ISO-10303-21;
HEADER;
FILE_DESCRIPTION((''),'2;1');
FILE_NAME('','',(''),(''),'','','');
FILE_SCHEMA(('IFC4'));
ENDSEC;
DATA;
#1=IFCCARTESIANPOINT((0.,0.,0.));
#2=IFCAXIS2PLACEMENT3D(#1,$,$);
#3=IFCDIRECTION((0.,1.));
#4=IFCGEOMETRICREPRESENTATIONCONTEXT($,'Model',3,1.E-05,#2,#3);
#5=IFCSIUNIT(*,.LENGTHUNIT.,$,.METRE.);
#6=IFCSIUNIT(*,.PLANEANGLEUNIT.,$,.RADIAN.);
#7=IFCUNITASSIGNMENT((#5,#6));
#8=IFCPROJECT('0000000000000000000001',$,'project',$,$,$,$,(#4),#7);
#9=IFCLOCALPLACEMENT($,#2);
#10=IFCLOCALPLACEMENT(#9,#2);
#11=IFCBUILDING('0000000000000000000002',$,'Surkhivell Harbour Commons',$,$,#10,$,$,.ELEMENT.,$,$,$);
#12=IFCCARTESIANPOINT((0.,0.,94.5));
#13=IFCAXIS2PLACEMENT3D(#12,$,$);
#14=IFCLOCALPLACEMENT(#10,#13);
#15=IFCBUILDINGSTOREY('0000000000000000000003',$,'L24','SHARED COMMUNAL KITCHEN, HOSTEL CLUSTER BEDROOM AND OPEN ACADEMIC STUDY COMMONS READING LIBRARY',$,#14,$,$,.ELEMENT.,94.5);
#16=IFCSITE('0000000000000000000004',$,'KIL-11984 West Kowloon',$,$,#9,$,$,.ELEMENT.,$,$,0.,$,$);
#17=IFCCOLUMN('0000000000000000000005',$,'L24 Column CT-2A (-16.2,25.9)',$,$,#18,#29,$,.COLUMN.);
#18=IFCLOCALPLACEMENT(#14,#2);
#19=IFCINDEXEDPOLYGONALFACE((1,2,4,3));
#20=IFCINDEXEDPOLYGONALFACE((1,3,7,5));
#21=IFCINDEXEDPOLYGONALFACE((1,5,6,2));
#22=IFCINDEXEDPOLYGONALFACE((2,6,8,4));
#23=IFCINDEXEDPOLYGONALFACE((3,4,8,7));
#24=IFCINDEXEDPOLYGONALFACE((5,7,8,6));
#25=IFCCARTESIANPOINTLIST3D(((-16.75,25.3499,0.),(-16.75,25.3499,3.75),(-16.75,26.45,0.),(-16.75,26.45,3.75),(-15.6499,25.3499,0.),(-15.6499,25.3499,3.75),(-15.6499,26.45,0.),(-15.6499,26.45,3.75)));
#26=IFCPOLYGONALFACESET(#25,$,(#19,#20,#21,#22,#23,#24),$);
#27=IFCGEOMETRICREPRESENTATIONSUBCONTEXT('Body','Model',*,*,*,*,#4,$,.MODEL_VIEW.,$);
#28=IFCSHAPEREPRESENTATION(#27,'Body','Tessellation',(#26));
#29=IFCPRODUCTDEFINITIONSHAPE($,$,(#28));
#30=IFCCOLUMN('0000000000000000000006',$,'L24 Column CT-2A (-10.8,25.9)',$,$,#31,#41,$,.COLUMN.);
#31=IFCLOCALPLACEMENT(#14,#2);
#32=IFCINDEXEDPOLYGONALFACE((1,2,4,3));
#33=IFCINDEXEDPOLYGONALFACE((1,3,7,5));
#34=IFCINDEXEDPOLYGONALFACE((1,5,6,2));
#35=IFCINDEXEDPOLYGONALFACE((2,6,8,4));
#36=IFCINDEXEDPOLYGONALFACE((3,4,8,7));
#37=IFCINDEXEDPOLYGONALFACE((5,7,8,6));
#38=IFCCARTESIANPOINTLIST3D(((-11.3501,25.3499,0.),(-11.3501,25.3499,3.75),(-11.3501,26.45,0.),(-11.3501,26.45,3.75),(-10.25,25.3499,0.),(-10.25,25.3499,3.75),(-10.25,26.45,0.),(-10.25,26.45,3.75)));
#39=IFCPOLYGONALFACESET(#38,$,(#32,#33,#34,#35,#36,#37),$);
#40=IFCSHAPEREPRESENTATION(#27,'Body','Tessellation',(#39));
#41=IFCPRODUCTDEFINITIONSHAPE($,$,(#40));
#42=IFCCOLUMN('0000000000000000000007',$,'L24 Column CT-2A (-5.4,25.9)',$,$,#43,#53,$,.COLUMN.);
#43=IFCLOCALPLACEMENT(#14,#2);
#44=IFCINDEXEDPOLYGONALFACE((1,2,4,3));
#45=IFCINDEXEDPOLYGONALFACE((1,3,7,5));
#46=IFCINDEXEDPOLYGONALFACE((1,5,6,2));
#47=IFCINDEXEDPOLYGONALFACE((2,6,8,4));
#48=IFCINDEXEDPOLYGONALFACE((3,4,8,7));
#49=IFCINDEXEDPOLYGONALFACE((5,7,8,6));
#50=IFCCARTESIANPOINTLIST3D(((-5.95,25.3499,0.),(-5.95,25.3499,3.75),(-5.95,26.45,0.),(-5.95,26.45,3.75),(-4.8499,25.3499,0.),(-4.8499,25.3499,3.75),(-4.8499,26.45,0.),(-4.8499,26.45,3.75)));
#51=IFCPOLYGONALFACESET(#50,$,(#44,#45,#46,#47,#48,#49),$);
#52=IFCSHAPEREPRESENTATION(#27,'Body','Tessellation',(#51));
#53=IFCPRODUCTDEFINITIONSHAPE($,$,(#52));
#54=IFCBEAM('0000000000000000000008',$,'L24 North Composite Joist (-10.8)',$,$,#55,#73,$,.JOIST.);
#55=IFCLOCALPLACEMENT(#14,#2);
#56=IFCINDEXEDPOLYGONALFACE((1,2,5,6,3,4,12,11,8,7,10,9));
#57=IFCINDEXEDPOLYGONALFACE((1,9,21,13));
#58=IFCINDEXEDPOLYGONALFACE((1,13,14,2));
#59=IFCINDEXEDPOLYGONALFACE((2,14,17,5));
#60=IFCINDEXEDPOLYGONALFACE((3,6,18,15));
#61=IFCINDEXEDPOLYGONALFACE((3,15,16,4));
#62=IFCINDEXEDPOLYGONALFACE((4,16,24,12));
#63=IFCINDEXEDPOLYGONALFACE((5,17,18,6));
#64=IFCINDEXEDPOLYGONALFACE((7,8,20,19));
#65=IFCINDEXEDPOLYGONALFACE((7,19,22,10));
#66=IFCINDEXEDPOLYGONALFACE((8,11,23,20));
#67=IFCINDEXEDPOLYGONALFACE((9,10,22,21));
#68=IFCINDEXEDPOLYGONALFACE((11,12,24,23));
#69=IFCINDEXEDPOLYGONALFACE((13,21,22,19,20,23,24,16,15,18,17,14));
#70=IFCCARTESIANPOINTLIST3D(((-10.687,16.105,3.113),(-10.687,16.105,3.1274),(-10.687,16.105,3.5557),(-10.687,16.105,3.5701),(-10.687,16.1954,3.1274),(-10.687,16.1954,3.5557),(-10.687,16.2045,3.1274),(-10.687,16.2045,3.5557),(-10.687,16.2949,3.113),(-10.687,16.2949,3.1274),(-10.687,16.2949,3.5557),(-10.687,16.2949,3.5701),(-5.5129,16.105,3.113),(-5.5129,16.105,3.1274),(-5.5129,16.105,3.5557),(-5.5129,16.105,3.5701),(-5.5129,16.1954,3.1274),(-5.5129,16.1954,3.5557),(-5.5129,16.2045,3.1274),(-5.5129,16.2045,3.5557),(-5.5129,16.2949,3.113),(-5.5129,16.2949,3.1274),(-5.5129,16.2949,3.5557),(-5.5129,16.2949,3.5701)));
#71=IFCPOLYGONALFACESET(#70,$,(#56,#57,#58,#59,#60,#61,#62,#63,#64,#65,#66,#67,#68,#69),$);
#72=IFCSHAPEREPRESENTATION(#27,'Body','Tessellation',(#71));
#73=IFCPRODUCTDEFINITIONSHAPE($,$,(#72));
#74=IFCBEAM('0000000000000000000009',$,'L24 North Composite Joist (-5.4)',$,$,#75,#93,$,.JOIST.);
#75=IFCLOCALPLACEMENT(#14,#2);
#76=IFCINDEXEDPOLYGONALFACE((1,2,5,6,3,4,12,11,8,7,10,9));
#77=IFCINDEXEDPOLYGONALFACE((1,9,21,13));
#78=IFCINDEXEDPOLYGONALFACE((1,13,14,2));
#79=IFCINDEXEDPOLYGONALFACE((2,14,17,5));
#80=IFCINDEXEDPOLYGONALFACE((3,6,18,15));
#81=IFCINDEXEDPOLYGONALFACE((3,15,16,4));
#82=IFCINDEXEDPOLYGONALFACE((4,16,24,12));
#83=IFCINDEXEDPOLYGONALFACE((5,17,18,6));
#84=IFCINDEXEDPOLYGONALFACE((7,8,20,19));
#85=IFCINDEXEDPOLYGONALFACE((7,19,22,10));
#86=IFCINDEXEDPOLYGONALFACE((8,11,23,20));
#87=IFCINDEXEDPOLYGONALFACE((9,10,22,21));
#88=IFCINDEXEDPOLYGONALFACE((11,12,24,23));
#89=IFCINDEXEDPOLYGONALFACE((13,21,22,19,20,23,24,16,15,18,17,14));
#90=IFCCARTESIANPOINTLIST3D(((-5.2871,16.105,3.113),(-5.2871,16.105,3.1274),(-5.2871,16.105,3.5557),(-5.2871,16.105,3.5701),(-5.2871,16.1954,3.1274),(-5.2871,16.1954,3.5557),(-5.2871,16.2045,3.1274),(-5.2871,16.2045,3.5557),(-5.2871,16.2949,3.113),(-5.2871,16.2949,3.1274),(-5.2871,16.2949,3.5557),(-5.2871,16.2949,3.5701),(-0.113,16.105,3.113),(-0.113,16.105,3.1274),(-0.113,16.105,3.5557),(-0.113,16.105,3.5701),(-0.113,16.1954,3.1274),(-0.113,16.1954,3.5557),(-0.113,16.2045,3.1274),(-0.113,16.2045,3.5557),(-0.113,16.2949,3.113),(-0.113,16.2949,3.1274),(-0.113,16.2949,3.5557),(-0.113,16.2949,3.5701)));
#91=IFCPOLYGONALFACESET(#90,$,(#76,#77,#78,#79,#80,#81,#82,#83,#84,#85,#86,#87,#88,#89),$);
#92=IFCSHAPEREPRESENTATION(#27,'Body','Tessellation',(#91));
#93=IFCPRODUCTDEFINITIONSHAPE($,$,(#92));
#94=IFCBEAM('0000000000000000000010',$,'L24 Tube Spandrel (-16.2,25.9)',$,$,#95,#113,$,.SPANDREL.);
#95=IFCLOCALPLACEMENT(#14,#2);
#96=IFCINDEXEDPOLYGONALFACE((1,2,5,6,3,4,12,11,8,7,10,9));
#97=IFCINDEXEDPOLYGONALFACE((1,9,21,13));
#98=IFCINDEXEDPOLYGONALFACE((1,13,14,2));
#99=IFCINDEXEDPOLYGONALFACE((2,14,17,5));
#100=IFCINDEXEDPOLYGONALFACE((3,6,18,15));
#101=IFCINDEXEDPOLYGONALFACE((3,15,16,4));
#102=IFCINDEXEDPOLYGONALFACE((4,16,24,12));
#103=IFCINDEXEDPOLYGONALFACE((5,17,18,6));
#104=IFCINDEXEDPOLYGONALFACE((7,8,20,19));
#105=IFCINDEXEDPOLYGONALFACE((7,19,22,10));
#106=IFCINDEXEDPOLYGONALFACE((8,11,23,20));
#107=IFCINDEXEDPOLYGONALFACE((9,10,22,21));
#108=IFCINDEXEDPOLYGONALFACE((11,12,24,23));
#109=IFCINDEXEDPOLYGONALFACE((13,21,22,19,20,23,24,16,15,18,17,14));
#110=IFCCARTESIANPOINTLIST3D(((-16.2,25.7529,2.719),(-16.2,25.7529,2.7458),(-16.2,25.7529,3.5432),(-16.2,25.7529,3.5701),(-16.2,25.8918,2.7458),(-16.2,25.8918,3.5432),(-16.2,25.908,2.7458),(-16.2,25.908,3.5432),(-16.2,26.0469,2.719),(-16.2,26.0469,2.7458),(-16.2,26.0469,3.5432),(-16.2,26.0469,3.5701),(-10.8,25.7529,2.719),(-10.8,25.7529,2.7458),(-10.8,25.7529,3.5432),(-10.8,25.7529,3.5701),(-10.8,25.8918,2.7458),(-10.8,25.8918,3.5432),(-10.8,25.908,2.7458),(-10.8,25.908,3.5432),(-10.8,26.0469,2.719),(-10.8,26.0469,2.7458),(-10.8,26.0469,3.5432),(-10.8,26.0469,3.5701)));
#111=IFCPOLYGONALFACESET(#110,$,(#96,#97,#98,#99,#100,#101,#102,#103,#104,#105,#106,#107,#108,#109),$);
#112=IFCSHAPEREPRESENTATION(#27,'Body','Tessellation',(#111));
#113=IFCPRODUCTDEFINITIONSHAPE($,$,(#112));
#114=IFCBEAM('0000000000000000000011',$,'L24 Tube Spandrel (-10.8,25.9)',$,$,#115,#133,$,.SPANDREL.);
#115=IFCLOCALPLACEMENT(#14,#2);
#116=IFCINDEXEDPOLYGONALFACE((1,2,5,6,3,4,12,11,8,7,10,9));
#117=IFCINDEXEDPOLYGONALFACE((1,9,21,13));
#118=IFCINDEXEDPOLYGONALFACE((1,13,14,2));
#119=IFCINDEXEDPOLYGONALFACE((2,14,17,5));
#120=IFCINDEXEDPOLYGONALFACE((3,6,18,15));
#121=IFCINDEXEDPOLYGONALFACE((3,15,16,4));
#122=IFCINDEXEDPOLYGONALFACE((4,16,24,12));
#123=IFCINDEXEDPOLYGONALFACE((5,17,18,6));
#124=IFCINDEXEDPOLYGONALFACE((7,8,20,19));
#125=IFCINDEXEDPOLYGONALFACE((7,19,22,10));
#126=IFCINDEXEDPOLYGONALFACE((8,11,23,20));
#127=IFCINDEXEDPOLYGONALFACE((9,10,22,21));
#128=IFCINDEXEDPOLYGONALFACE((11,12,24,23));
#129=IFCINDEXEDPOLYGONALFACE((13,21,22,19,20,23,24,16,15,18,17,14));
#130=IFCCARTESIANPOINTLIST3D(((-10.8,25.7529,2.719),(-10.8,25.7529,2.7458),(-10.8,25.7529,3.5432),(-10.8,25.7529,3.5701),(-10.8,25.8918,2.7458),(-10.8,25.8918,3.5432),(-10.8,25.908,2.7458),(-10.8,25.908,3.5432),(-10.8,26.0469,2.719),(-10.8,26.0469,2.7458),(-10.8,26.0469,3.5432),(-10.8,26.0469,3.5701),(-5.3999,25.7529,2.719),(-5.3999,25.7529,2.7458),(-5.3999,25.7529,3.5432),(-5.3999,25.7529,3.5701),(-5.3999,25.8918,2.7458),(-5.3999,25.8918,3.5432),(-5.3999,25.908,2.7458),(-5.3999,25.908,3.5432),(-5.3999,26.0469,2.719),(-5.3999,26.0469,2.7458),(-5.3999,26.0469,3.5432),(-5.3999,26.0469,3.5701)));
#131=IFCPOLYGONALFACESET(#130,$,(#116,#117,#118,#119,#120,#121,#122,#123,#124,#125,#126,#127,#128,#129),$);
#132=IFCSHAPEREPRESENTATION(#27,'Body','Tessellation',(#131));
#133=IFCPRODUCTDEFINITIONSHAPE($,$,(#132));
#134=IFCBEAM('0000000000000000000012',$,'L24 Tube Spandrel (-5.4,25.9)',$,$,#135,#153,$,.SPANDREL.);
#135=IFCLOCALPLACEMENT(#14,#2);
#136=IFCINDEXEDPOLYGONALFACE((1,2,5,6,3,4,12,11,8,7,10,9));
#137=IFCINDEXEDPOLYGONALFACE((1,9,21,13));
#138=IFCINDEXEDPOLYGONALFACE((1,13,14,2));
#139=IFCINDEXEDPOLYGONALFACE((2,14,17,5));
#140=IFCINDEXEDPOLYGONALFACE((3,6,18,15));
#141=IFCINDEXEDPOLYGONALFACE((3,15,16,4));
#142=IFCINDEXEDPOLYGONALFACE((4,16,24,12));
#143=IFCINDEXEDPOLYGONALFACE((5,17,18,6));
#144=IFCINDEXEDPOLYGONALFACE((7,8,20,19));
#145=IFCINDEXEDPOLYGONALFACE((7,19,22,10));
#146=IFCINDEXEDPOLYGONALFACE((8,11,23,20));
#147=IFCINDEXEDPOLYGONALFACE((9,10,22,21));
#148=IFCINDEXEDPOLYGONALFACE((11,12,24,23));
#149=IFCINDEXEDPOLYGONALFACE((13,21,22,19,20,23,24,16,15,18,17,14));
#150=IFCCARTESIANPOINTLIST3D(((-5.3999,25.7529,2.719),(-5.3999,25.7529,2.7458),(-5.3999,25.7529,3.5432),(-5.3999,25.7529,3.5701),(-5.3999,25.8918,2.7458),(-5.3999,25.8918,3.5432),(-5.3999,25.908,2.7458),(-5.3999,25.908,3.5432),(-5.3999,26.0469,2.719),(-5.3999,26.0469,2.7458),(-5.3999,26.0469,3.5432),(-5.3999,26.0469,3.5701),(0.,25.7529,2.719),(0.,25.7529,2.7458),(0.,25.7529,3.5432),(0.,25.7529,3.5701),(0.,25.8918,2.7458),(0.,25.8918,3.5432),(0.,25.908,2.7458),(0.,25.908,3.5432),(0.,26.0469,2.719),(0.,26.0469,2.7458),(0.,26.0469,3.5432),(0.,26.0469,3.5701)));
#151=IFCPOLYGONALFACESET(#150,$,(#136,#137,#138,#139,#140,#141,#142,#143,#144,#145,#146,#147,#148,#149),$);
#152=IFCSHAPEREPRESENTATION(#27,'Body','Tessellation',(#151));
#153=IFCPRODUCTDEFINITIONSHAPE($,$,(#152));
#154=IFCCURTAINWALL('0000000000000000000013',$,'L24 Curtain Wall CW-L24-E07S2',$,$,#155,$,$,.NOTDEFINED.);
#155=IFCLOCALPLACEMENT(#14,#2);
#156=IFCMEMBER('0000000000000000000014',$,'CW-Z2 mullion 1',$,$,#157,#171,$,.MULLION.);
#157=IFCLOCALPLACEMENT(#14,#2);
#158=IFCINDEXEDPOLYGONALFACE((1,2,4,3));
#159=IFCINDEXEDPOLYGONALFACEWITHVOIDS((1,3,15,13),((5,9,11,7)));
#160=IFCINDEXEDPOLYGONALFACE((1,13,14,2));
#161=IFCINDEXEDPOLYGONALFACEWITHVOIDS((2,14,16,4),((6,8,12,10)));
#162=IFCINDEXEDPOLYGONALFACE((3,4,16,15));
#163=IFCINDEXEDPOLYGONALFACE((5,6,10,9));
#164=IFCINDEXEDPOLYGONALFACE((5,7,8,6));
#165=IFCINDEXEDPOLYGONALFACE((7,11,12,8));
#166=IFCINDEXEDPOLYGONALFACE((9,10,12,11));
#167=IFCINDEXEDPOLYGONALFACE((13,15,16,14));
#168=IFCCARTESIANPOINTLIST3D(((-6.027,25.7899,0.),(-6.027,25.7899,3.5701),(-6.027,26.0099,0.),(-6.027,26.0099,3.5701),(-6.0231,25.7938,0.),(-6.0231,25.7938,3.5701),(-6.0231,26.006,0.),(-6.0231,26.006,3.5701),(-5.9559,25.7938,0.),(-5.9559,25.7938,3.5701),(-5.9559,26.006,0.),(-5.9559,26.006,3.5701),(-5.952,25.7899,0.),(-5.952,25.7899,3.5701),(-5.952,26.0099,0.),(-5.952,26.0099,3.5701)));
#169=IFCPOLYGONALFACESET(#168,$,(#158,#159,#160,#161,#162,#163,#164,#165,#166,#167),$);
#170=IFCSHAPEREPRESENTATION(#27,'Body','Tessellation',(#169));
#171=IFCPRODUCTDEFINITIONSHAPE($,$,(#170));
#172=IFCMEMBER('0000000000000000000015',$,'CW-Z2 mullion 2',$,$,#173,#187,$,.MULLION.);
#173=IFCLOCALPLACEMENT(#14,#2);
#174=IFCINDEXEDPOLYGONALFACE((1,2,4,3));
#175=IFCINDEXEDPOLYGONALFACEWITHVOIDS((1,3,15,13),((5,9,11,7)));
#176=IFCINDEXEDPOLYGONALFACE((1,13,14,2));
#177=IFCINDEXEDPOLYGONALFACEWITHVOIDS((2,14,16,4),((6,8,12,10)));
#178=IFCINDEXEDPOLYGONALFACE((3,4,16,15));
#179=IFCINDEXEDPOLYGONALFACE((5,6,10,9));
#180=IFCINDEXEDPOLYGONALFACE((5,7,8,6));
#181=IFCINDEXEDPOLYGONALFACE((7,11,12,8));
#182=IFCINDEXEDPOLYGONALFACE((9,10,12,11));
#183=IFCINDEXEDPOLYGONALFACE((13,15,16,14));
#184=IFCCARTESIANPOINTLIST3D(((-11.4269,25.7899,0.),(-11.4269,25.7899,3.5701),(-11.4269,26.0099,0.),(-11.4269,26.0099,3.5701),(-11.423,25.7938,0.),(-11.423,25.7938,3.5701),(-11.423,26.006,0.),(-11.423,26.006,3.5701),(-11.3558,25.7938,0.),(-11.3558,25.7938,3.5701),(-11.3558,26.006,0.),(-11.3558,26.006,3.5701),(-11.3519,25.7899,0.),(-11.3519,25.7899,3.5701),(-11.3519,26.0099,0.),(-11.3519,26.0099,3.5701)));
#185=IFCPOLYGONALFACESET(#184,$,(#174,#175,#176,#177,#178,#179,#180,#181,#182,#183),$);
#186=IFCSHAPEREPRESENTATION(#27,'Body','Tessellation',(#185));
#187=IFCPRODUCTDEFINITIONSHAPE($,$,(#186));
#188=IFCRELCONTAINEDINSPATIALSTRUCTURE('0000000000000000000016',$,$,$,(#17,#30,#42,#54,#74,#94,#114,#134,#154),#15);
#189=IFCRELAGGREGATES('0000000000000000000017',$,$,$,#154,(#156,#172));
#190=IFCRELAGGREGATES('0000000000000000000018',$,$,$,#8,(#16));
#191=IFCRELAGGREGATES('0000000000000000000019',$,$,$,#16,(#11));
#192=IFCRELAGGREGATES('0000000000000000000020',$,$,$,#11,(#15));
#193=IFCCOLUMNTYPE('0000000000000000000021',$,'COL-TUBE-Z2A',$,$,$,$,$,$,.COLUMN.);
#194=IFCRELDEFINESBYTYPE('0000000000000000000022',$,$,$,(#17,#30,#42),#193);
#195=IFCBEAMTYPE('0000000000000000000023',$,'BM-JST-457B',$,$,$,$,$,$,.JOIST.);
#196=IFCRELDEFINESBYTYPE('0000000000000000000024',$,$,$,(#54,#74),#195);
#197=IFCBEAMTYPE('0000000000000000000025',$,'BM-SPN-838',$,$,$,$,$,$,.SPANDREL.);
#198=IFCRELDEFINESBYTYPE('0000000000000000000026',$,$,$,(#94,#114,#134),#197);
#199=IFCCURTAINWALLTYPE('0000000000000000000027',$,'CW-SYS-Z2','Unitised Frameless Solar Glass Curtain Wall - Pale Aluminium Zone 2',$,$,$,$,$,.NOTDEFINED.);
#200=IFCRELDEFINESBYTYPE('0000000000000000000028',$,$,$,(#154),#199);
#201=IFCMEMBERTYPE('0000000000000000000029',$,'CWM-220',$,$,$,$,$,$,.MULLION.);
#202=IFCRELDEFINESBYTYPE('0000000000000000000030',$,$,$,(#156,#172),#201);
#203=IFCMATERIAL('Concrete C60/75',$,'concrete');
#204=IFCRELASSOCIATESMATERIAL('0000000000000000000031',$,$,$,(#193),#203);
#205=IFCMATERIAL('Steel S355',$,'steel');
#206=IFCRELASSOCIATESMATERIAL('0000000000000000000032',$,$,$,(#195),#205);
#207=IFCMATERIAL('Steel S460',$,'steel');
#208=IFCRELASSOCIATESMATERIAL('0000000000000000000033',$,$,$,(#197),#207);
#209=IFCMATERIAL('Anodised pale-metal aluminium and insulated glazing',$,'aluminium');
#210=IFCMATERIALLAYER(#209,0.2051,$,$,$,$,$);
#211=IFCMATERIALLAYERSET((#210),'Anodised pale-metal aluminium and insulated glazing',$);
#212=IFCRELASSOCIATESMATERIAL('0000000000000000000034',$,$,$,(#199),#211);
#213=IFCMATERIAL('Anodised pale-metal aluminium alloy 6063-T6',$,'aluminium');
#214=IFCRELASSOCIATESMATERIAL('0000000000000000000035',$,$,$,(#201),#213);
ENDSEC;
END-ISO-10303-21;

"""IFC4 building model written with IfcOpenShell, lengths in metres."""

from ifc_helpers import new_model, si_unit, direction, frame, origin, origin_2d, place, context, subcontext, project, spatial, rectangle, hollow_rectangle, i_section, extrude, material, layer, layer_set, material_profile, profile_set, type_object, element, aggregate, save


model = new_model("IFC4")

# Units and contexts
model_context = context("Model", 3, precision=1e-05, world=origin(), true_north=direction((0.0, 1.0)))
body_context = subcontext(model_context, "Body", "Model", "MODEL_VIEW")
ifc_project = project(units=[si_unit("LENGTHUNIT", "METRE"), si_unit("PLANEANGLEUNIT", "RADIAN")], contexts=[model_context])

# Site, building, storey
site_placement = place(None, origin())
site = spatial("IfcSite", under=ifc_project, at=site_placement, Name="KIL-11984 West Kowloon", CompositionType="ELEMENT", RefElevation=0.0)
building_placement = place(site_placement, origin())
building = spatial("IfcBuilding", under=site, at=building_placement, Name="Surkhivell Harbour Commons", CompositionType="ELEMENT")
storey_placement = place(building_placement, frame((0.0, 0.0, 94.5)))
storey = spatial("IfcBuildingStorey", under=building, at=storey_placement, Name="L24", Description="SHARED COMMUNAL KITCHEN, HOSTEL CLUSTER BEDROOM AND OPEN ACADEMIC STUDY COMMONS READING LIBRARY", CompositionType="ELEMENT", Elevation=94.5)

# Columns
ifc_material_1 = material(Name="Concrete C60/75", Category="concrete")
ifc_material_profile_1 = material_profile(ifc_material_1, rectangle(XDim=1.1001, YDim=1.1001, at=origin_2d()), Name="RC-COL-1100x1100")
ifc_profile_set_1 = profile_set([ifc_material_profile_1], Name="Concrete C60/75")
column_type = type_object("IfcColumnType", Name="COL-TUBE-Z2A", PredefinedType="COLUMN", material=ifc_profile_set_1)
for number, where, z_axis, x_axis, name in (
    (1, (-16.2, 25.8999, 0.0), (0.0, 0.0, 1.0), (1.0, 0.0, 0.0), "L24 Column CT-2A (-16.2,25.9)"),
    (2, (-10.8, 25.8999, 0.0), (0.0, 0.0, 1.0), (1.0, 0.0, 0.0), "L24 Column CT-2A (-10.8,25.9)"),
    (3, (-5.3999, 25.8999, 0.0), (0.0, 0.0, 1.0), (1.0, 0.0, 0.0), "L24 Column CT-2A (-5.4,25.9)"),
):
    element("IfcColumn", number, at=place(storey_placement, frame(where, z_axis=z_axis, x_axis=x_axis)), inside=storey, type_object=column_type, Name=name, PredefinedType="COLUMN", context=body_context, shape_type="SweptSolid", body=[
        extrude(rectangle(XDim=1.1001, YDim=1.1001, at=origin_2d()), origin(), (0.0, 0.0, 1.0), 3.75),
    ])

# Beams
ifc_material_2 = material(Name="Steel S355", Category="steel")
ifc_material_profile_2 = material_profile(ifc_material_2, i_section(OverallWidth=0.1899, OverallDepth=0.457, WebThickness=0.009, FlangeThickness=0.0144, at=origin_2d()), Name="UB457x191x74")
ifc_profile_set_2 = profile_set([ifc_material_profile_2], Name="Steel S355")
beam_type_1 = type_object("IfcBeamType", Name="BM-JST-457B", PredefinedType="JOIST", material=ifc_profile_set_2)
for number, where, z_axis, x_axis, name in (
    (4, (-10.687, 16.2, 3.3416), (1.0, 0.0, 0.0), (0.0, 1.0, 0.0), "L24 North Composite Joist (-10.8)"),
    (5, (-5.2871, 16.2, 3.3416), (1.0, 0.0, 0.0), (0.0, 1.0, 0.0), "L24 North Composite Joist (-5.4)"),
):
    element("IfcBeam", number, at=place(storey_placement, frame(where, z_axis=z_axis, x_axis=x_axis)), inside=storey, type_object=beam_type_1, Name=name, PredefinedType="JOIST", context=body_context, shape_type="SweptSolid", body=[
        extrude(i_section(OverallWidth=0.1899, OverallDepth=0.457, WebThickness=0.009, FlangeThickness=0.0144, at=origin_2d()), origin(), (0.0, 0.0, 1.0), 5.1741),
    ])
ifc_material_3 = material(Name="Steel S460", Category="steel")
ifc_material_profile_3 = material_profile(ifc_material_3, i_section(OverallWidth=0.2939, OverallDepth=0.8511, WebThickness=0.0161, FlangeThickness=0.0269, at=origin_2d()), Name="UB838x292x226")
ifc_profile_set_3 = profile_set([ifc_material_profile_3], Name="Steel S460")
beam_type_2 = type_object("IfcBeamType", Name="BM-SPN-838", PredefinedType="SPANDREL", material=ifc_profile_set_3)
beam_1_placement = place(storey_placement, frame((-16.2, 25.8999, 3.1445), z_axis=(1.0, 0.0, 0.0), x_axis=(0.0, 1.0, 0.0)))
element("IfcBeam", 6, at=beam_1_placement, inside=storey, type_object=beam_type_2, Name="L24 Tube Spandrel (-16.2,25.9)", PredefinedType="SPANDREL", context=body_context, shape_type="SweptSolid", body=[
    extrude(i_section(OverallWidth=0.2939, OverallDepth=0.8511, WebThickness=0.0161, FlangeThickness=0.0269, at=origin_2d()), origin(), (0.0, 0.0, 1.0), 5.3999),
])
beam_2_placement = place(storey_placement, frame((-10.8, 25.8999, 3.1445), z_axis=(1.0, 0.0, 0.0), x_axis=(0.0, 1.0, 0.0)))
element("IfcBeam", 7, at=beam_2_placement, inside=storey, type_object=beam_type_2, Name="L24 Tube Spandrel (-10.8,25.9)", PredefinedType="SPANDREL", context=body_context, shape_type="SweptSolid", body=[
    extrude(i_section(OverallWidth=0.2939, OverallDepth=0.8511, WebThickness=0.0161, FlangeThickness=0.0269, at=origin_2d()), origin(), (0.0, 0.0, 1.0), 5.4001),
])
beam_3_placement = place(storey_placement, frame((-5.3999, 25.8999, 3.1445), z_axis=(1.0, 0.0, 0.0), x_axis=(0.0, 1.0, 0.0)))
element("IfcBeam", 8, at=beam_3_placement, inside=storey, type_object=beam_type_2, Name="L24 Tube Spandrel (-5.4,25.9)", PredefinedType="SPANDREL", context=body_context, shape_type="SweptSolid", body=[
    extrude(i_section(OverallWidth=0.2939, OverallDepth=0.8511, WebThickness=0.0161, FlangeThickness=0.0269, at=origin_2d()), origin(), (0.0, 0.0, 1.0), 5.3999),
])

# Curtain wall, members
ifc_material_4 = material(Name="Anodised pale-metal aluminium and insulated glazing", Category="aluminium")
ifc_layer_1 = layer(ifc_material_4, 0.2051)
ifc_layer_set_1 = layer_set([ifc_layer_1], Name="Anodised pale-metal aluminium and insulated glazing")
curtain_wall_type = type_object("IfcCurtainWallType", Name="CW-SYS-Z2", Description="Unitised Frameless Solar Glass Curtain Wall - Pale Aluminium Zone 2", PredefinedType="NOTDEFINED", material=ifc_layer_set_1)
curtain_wall_placement = place(storey_placement, origin())
curtain_wall = element("IfcCurtainWall", 9, at=curtain_wall_placement, inside=storey, type_object=curtain_wall_type, Name="L24 Curtain Wall CW-L24-E07S2", PredefinedType="NOTDEFINED")
ifc_material_5 = material(Name="Anodised pale-metal aluminium alloy 6063-T6", Category="aluminium")
ifc_material_profile_4 = material_profile(ifc_material_5, hollow_rectangle(XDim=0.075, YDim=0.22, WallThickness=0.0039, at=origin_2d()), Name="ALU-MULL-75x220")
ifc_profile_set_4 = profile_set([ifc_material_profile_4], Name="Anodised pale-metal aluminium alloy 6063-T6")
member_type_1 = type_object("IfcMemberType", Name="CWM-220", PredefinedType="MULLION", material=ifc_profile_set_4)
member_1_placement = place(storey_placement, frame((-5.9895, 25.8999, 0.0), z_axis=(0.0, 0.0, 1.0), x_axis=(-1.0, 0.0, 0.0)))
member_1 = element("IfcMember", 10, at=member_1_placement, type_object=member_type_1, Name="CW-Z2 mullion 1", PredefinedType="MULLION", context=body_context, shape_type="SweptSolid", body=[
    extrude(hollow_rectangle(XDim=0.075, YDim=0.22, WallThickness=0.0039, at=origin_2d()), origin(), (0.0, 0.0, 1.0), 3.5701),
])
member_2_placement = place(storey_placement, frame((-11.3894, 25.8999, 0.0), z_axis=(0.0, 0.0, 1.0), x_axis=(-1.0, 0.0, 0.0)))
member_2 = element("IfcMember", 11, at=member_2_placement, type_object=member_type_1, Name="CW-Z2 mullion 2", PredefinedType="MULLION", context=body_context, shape_type="SweptSolid", body=[
    extrude(hollow_rectangle(XDim=0.075, YDim=0.22, WallThickness=0.0039, at=origin_2d()), origin(), (0.0, 0.0, 1.0), 3.5701),
])

aggregate(curtain_wall, [member_1, member_2])

save(model, "model.ifc")
